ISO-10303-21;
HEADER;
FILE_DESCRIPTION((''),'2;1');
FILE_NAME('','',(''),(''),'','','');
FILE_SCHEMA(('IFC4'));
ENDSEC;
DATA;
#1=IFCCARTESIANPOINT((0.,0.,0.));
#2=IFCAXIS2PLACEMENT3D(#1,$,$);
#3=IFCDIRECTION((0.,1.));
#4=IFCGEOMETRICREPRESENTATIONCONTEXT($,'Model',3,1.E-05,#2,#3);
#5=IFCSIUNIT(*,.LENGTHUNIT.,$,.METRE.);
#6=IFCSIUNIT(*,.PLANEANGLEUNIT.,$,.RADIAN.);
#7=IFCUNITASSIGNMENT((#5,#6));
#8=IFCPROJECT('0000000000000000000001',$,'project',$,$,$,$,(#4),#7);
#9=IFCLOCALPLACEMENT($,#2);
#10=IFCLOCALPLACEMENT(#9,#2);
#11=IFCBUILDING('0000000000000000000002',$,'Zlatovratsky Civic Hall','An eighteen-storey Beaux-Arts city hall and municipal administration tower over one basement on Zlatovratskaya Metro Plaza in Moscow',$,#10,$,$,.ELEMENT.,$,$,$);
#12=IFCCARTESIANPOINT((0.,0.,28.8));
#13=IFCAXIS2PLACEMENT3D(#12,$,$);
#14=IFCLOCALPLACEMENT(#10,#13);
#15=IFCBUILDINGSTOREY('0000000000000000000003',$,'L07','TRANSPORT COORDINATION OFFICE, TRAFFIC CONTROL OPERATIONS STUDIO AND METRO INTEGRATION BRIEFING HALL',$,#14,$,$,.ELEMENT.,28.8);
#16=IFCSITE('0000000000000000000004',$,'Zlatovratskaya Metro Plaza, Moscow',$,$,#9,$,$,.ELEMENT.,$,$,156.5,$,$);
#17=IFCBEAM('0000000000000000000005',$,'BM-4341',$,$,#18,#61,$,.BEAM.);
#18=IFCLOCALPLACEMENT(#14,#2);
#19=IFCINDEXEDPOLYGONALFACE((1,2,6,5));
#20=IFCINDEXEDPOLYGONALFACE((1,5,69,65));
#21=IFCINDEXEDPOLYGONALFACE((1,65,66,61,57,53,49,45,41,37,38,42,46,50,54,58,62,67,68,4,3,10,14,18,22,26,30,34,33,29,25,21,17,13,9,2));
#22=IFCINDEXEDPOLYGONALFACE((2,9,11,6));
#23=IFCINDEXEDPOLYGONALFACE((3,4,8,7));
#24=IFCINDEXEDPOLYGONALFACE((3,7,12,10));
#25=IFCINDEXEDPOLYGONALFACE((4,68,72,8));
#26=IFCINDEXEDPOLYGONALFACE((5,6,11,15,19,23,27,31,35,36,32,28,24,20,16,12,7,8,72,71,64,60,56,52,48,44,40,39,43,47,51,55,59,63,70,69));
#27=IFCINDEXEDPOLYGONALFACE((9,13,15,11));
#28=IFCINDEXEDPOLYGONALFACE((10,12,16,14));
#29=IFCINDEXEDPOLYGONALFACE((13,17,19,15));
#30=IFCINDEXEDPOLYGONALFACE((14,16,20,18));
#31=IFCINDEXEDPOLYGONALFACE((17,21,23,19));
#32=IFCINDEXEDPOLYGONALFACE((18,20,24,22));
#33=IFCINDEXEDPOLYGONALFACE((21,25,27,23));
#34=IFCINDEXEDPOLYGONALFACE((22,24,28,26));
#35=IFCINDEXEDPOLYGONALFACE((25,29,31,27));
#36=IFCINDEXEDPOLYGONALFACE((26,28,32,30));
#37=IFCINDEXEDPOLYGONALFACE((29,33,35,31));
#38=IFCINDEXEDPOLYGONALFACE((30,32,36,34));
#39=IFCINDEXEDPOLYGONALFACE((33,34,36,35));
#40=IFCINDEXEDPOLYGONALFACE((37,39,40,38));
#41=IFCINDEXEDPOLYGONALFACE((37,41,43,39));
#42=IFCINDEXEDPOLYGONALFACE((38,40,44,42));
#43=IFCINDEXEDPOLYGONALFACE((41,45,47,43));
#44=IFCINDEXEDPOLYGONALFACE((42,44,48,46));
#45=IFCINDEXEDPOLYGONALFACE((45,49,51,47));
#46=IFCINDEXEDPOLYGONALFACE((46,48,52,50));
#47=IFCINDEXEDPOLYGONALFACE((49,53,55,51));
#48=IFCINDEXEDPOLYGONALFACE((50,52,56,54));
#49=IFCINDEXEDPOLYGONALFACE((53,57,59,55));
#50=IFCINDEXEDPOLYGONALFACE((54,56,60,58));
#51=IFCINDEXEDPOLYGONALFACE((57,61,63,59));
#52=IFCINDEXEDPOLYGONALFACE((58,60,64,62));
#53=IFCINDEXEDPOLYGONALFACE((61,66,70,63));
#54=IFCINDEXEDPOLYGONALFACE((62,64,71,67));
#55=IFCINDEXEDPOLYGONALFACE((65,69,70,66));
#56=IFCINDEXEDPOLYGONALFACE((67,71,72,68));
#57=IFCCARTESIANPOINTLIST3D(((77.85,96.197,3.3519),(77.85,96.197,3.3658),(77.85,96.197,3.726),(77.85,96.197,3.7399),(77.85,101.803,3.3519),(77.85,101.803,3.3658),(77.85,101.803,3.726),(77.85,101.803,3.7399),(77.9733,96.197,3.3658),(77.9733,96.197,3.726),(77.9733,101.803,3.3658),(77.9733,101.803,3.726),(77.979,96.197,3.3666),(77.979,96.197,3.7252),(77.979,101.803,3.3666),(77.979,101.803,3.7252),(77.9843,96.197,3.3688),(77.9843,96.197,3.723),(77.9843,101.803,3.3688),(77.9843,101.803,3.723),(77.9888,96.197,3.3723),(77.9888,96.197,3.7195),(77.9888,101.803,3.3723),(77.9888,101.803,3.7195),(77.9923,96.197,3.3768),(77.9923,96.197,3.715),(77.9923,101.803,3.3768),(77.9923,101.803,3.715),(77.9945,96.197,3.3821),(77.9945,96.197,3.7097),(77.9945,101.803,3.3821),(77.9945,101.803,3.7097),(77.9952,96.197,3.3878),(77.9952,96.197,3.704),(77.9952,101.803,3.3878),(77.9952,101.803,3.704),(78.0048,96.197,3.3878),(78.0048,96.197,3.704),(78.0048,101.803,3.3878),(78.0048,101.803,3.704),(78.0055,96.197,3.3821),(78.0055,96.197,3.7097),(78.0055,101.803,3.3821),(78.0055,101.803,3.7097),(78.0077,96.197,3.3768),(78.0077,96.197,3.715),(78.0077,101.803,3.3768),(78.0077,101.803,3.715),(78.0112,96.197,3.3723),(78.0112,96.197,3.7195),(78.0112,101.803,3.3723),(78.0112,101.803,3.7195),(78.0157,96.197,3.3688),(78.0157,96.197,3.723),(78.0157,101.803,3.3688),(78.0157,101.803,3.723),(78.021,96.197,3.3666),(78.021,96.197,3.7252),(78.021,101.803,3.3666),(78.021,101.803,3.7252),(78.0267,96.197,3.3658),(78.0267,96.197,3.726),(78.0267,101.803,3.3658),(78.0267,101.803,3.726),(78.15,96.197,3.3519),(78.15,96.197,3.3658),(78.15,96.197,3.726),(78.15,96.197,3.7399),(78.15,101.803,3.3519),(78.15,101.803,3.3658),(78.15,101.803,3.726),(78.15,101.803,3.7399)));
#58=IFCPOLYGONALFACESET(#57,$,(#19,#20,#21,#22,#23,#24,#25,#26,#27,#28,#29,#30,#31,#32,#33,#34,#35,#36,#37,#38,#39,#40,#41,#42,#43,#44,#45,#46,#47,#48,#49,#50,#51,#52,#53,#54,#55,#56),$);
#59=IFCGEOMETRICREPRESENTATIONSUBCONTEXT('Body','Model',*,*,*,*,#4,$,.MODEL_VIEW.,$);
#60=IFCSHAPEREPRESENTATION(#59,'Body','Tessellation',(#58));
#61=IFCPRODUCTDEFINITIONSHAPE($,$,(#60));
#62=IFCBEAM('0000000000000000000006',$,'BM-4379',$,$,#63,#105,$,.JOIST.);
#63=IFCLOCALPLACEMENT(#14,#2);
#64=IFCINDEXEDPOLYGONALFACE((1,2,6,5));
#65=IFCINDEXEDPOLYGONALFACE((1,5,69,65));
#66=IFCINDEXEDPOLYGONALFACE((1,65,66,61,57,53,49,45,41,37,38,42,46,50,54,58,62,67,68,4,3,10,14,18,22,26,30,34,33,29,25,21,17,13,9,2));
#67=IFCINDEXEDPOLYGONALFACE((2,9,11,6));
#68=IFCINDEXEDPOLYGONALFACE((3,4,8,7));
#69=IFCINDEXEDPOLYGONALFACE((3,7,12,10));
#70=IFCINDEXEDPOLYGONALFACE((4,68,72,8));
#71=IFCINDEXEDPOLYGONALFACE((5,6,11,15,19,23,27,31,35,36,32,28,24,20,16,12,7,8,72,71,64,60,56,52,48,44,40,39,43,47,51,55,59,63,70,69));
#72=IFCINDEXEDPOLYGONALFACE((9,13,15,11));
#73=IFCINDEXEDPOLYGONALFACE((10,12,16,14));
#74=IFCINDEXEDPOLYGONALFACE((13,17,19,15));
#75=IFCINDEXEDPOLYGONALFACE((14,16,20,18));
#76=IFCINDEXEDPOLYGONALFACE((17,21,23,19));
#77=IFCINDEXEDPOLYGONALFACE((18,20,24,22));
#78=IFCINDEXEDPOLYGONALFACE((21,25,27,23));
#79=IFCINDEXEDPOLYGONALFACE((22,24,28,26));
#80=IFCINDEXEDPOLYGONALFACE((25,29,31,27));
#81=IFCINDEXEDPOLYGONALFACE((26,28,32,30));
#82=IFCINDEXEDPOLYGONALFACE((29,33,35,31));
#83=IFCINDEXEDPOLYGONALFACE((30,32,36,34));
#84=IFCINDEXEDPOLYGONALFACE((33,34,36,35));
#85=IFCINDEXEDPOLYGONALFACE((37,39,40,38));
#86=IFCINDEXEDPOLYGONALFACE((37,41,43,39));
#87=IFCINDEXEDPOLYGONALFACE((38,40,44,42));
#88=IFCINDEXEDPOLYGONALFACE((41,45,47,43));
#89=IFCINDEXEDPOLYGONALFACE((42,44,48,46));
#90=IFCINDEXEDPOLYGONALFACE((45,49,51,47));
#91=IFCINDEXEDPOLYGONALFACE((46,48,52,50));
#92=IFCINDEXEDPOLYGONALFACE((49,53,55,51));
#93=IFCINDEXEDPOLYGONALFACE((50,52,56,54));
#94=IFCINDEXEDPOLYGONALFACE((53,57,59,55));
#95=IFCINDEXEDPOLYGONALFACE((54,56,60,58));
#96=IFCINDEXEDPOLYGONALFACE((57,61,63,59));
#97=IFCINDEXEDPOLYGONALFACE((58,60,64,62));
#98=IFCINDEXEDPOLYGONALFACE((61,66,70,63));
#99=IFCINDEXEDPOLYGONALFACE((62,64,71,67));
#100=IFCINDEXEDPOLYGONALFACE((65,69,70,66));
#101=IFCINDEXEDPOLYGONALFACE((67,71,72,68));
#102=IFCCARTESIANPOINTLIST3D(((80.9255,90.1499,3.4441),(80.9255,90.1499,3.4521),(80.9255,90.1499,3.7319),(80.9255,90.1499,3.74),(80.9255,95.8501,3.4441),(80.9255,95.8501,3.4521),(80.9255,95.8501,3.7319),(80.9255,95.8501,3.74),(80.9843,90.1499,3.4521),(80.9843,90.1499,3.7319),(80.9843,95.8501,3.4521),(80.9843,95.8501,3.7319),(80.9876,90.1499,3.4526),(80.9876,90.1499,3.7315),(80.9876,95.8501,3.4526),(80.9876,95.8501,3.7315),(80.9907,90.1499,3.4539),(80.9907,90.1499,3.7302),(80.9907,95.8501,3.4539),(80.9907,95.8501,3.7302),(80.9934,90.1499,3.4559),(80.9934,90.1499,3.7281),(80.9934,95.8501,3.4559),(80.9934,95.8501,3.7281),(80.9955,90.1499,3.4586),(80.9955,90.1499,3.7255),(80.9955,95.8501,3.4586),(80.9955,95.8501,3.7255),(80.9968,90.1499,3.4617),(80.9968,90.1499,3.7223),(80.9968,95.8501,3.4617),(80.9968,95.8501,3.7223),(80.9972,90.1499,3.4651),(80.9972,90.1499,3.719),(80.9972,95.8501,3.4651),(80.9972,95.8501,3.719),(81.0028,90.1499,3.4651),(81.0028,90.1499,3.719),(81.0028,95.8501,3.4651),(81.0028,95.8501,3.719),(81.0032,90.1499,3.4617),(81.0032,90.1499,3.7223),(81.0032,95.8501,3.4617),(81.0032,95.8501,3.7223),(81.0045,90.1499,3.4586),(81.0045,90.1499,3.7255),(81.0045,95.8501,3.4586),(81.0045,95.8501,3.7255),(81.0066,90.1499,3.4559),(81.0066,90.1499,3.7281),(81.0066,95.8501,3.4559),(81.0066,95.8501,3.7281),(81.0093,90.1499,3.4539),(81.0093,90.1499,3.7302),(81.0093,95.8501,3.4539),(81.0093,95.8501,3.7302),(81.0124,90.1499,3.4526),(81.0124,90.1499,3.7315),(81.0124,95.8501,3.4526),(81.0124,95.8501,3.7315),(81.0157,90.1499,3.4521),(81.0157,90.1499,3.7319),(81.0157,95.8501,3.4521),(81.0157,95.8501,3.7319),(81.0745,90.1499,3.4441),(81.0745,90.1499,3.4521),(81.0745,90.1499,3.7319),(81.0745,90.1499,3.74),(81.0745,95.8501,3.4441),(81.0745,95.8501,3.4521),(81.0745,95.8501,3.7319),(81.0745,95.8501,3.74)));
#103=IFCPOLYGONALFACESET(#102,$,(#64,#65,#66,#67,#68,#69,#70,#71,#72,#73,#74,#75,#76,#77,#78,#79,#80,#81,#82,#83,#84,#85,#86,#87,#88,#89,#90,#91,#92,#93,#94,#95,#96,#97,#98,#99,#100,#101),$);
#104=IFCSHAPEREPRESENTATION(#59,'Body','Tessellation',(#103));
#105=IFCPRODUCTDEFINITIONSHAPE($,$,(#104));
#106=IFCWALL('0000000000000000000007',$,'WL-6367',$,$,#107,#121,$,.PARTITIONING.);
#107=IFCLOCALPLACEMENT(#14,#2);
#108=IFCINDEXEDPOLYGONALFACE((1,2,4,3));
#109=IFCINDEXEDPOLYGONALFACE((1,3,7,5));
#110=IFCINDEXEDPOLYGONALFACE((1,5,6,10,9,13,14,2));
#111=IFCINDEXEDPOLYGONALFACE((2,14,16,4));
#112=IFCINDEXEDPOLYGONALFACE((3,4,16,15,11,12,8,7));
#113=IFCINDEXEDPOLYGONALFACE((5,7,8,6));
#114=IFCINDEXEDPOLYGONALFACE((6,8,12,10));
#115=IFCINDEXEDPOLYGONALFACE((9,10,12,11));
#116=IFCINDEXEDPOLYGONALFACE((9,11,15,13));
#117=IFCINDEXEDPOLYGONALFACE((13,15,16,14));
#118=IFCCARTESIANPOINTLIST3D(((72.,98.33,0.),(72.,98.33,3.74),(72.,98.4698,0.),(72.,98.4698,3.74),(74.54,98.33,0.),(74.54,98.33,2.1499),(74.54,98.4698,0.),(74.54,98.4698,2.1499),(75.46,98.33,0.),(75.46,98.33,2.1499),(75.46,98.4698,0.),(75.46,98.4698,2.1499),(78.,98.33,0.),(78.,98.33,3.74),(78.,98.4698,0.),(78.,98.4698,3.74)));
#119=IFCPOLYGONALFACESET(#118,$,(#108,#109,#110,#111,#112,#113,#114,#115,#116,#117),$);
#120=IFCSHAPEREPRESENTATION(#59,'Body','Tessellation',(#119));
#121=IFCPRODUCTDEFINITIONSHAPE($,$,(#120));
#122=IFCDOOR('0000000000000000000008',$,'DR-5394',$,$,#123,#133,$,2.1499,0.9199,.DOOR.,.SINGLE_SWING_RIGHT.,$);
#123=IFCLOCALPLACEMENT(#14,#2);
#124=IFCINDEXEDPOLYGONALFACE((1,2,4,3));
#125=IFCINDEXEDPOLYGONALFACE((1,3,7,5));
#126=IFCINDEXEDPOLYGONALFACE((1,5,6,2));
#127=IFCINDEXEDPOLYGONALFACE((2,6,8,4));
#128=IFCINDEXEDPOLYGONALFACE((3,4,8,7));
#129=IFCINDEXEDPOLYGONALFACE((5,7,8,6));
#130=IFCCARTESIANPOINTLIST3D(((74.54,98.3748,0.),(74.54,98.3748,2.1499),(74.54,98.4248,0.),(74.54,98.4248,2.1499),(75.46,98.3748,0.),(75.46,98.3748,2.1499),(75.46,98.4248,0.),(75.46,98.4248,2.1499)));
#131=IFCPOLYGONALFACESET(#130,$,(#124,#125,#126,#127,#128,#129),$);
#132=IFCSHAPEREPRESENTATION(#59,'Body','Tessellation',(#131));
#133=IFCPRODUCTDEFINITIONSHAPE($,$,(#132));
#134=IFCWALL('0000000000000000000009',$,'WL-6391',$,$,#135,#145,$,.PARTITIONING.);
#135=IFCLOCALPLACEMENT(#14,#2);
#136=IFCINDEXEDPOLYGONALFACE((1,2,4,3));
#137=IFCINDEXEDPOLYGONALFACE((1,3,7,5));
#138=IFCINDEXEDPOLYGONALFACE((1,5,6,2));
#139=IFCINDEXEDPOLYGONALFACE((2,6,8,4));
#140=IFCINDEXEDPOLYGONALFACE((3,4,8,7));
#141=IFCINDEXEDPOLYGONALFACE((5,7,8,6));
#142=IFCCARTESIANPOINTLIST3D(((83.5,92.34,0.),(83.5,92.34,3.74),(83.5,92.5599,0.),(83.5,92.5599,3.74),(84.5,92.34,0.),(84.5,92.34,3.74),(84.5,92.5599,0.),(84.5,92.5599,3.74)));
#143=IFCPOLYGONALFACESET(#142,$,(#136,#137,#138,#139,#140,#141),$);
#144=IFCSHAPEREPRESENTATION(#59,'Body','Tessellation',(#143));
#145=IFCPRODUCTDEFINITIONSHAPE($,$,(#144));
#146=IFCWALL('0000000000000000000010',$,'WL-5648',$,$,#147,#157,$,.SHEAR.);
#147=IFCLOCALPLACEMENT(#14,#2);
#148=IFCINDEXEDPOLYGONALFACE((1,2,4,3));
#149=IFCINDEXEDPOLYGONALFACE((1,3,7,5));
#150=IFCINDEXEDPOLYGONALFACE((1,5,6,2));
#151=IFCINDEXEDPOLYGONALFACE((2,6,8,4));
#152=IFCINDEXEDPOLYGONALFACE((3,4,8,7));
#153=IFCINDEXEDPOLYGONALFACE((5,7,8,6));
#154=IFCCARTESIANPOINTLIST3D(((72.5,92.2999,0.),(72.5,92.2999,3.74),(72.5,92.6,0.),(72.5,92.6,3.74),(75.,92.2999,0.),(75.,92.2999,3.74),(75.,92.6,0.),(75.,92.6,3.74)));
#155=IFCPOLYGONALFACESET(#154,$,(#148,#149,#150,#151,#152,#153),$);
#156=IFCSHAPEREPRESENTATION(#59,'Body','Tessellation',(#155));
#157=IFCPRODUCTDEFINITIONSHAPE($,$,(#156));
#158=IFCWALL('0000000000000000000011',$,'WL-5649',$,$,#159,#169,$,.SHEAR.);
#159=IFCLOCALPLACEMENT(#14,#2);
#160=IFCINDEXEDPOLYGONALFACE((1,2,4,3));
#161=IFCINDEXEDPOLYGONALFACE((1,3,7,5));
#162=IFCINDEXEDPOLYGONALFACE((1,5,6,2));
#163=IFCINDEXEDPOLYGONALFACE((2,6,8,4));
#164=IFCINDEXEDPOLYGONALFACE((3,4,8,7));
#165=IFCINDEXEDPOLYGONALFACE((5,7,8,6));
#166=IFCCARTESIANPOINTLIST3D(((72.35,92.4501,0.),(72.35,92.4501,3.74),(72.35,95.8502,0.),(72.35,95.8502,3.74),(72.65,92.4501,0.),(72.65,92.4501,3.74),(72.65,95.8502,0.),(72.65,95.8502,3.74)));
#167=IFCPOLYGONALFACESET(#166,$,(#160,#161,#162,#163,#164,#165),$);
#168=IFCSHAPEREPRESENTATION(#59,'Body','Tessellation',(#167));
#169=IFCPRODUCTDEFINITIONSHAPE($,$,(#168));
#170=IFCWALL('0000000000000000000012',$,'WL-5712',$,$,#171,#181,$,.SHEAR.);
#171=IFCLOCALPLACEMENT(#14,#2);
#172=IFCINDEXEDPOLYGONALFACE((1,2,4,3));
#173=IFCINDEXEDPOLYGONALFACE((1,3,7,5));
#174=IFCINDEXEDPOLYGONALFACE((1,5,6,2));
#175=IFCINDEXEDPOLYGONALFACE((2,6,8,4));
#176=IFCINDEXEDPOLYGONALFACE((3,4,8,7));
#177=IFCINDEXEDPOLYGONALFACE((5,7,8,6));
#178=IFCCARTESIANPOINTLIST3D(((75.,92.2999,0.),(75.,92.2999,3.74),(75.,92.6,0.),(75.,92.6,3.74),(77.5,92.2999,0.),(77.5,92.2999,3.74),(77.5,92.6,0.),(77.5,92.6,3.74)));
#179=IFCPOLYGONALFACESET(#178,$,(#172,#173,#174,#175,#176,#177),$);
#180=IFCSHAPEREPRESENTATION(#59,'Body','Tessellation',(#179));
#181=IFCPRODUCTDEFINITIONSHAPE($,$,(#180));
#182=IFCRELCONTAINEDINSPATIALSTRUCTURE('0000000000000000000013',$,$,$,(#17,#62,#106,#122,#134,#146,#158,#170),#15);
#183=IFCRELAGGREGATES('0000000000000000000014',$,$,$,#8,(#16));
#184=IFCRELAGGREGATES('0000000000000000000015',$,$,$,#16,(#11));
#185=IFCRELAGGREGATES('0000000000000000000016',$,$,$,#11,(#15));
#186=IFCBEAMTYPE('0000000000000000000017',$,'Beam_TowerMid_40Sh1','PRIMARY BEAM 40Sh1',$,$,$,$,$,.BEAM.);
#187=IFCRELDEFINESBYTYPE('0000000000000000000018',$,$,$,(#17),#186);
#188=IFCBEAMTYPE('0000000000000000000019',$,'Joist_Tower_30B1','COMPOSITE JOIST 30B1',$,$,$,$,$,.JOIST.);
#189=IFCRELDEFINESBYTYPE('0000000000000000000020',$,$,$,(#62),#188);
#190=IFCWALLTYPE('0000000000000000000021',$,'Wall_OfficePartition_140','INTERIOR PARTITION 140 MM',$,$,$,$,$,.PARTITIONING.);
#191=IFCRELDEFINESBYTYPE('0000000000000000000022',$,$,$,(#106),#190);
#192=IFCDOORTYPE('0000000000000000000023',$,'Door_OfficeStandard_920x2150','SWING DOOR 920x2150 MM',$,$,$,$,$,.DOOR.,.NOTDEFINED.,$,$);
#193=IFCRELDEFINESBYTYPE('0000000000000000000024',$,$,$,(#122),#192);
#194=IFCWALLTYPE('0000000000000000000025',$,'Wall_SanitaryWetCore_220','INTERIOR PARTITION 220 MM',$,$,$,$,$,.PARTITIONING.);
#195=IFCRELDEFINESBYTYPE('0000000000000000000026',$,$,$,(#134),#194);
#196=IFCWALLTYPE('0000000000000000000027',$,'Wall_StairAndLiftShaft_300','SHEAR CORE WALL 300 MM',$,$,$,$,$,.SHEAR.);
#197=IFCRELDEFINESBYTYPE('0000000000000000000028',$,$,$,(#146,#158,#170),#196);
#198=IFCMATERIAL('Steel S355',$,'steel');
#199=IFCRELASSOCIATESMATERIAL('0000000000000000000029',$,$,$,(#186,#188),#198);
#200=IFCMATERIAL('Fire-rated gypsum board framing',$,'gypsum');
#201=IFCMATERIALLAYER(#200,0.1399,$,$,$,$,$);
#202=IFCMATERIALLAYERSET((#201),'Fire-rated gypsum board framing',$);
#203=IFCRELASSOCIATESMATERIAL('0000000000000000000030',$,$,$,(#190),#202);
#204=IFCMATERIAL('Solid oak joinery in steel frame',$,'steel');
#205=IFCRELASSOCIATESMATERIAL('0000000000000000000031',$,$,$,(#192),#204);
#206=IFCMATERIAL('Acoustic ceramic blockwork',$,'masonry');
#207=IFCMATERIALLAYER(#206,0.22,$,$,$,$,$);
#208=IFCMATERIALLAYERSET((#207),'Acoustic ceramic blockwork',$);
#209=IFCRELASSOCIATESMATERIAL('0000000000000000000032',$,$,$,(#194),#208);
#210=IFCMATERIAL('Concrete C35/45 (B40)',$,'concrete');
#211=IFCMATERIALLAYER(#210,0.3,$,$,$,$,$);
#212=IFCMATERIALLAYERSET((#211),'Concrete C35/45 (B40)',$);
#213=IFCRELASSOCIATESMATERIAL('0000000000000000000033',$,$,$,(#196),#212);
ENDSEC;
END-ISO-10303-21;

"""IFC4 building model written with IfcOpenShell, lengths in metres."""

from ifc_helpers import new_model, si_unit, direction, frame, frame_2d, origin, origin_2d, place, context, subcontext, project, spatial, rectangle, i_section, extrude, material, layer, layer_set, material_profile, profile_set, type_object, element, fill, save


model = new_model("IFC4")

# Units and contexts
model_context = context("Model", 3, precision=1e-05, world=origin(), true_north=direction((0.0, 1.0)))
body_context = subcontext(model_context, "Body", "Model", "MODEL_VIEW")
ifc_project = project(units=[si_unit("LENGTHUNIT", "METRE"), si_unit("PLANEANGLEUNIT", "RADIAN")], contexts=[model_context])

# Site, building, storey
site_placement = place(None, origin())
site = spatial("IfcSite", under=ifc_project, at=site_placement, Name="Zlatovratskaya Metro Plaza, Moscow", CompositionType="ELEMENT", RefElevation=156.5)
building_placement = place(site_placement, origin())
building = spatial("IfcBuilding", under=site, at=building_placement, Name="Zlatovratsky Civic Hall", Description="An eighteen-storey Beaux-Arts city hall and municipal administration tower over one basement on Zlatovratskaya Metro Plaza in Moscow", CompositionType="ELEMENT")
storey_placement = place(building_placement, frame((0.0, 0.0, 28.8)))
storey = spatial("IfcBuildingStorey", under=building, at=storey_placement, Name="L07", Description="TRANSPORT COORDINATION OFFICE, TRAFFIC CONTROL OPERATIONS STUDIO AND METRO INTEGRATION BRIEFING HALL", CompositionType="ELEMENT", Elevation=28.8)

# Shared definitions
ifc_material_1 = material(Name="Concrete C35/45 (B40)", Category="concrete")
ifc_material_2 = material(Name="Steel S355", Category="steel")

# Beams
ifc_material_profile_1 = material_profile(ifc_material_2, i_section(OverallWidth=0.3, OverallDepth=0.3879, WebThickness=0.0095, FlangeThickness=0.0139, FilletRadius=0.022, at=origin_2d()), Name="40Sh1")
ifc_profile_set_1 = profile_set([ifc_material_profile_1], Name="Steel S355")
beam_type_1 = type_object("IfcBeamType", Name="Beam_TowerMid_40Sh1", Description="PRIMARY BEAM 40Sh1", PredefinedType="BEAM", material=ifc_profile_set_1)
beam_1_placement = place(storey_placement, frame((78.0, 96.197, 3.5459), z_axis=(0.0, 1.0, 0.0), x_axis=(-1.0, 0.0, 0.0)))
element("IfcBeam", 1, at=beam_1_placement, inside=storey, type_object=beam_type_1, Name="BM-4341", PredefinedType="BEAM", context=body_context, shape_type="SweptSolid", body=[
    extrude(i_section(OverallWidth=0.3, OverallDepth=0.3879, WebThickness=0.0095, FlangeThickness=0.0139, FilletRadius=0.022, at=origin_2d()), origin(), (0.0, 0.0, 1.0), 5.606),
])
ifc_material_profile_2 = material_profile(ifc_material_2, i_section(OverallWidth=0.1489, OverallDepth=0.2959, WebThickness=0.0056, FlangeThickness=0.0081, FilletRadius=0.0129, at=origin_2d()), Name="30B1")
ifc_profile_set_2 = profile_set([ifc_material_profile_2], Name="Steel S355")
beam_type_2 = type_object("IfcBeamType", Name="Joist_Tower_30B1", Description="COMPOSITE JOIST 30B1", PredefinedType="JOIST", material=ifc_profile_set_2)
beam_2_placement = place(storey_placement, frame((81.0, 90.1499, 3.592), z_axis=(0.0, 1.0, 0.0), x_axis=(-1.0, 0.0, 0.0)))
element("IfcBeam", 2, at=beam_2_placement, inside=storey, type_object=beam_type_2, Name="BM-4379", PredefinedType="JOIST", context=body_context, shape_type="SweptSolid", body=[
    extrude(i_section(OverallWidth=0.1489, OverallDepth=0.2959, WebThickness=0.0056, FlangeThickness=0.0081, FilletRadius=0.0129, at=origin_2d()), origin(), (0.0, 0.0, 1.0), 5.7002),
])

# Wall, opening, door
ifc_material_3 = material(Name="Fire-rated gypsum board framing", Category="gypsum")
ifc_layer_1 = layer(ifc_material_3, 0.1399)
ifc_layer_set_1 = layer_set([ifc_layer_1], Name="Fire-rated gypsum board framing")
wall_type_1 = type_object("IfcWallType", Name="Wall_OfficePartition_140", Description="INTERIOR PARTITION 140 MM", PredefinedType="PARTITIONING", material=ifc_layer_set_1)
wall_1_placement = place(storey_placement, frame((72.0, 98.3999, 0.0), z_axis=(0.0, 0.0, 1.0), x_axis=(1.0, 0.0, 0.0)))
wall_1 = element("IfcWall", 3, at=wall_1_placement, inside=storey, type_object=wall_type_1, Name="WL-6367", PredefinedType="PARTITIONING", context=body_context, shape_type="SweptSolid", body=[
    extrude(rectangle(XDim=6.0, YDim=0.1399, at=frame_2d((3.0, 0.0))), origin(), (0.0, 0.0, 1.0), 3.74),
])
opening_1_placement = place(wall_1_placement, frame((2.54, 0.0, 0.0)))
opening_1 = element("IfcOpeningElement", 4, at=opening_1_placement, cuts=wall_1, PredefinedType="OPENING", context=body_context, shape_type="SweptSolid", body=[
    extrude(rectangle(XDim=0.9199, YDim=2.1499, at=frame_2d((0.46, 1.075))), frame((0.0, 0.085, 0.0), z_axis=(0.0, -1.0, 0.0), x_axis=(1.0, 0.0, 0.0)), (0.0, 0.0, 1.0), 0.1697),
])
ifc_material_4 = material(Name="Solid oak joinery in steel frame", Category="steel")
door_type_1 = type_object("IfcDoorType", Name="Door_OfficeStandard_920x2150", Description="SWING DOOR 920x2150 MM", OperationType="NOTDEFINED", PredefinedType="DOOR", material=ifc_material_4)
door_1_placement = place(opening_1_placement, origin())
door_1 = element("IfcDoor", 5, at=door_1_placement, inside=storey, type_object=door_type_1, Name="DR-5394", OperationType="SINGLE_SWING_RIGHT", OverallHeight=2.1499, OverallWidth=0.9199, PredefinedType="DOOR", context=body_context, shape_type="SweptSolid", body=[
    extrude(rectangle(XDim=0.9199, YDim=2.1499, at=frame_2d((0.46, 1.075))), frame((0.0, 0.0249, 0.0), z_axis=(0.0, -1.0, 0.0), x_axis=(1.0, 0.0, 0.0)), (0.0, 0.0, 1.0), 0.05),
])
fill(opening_1, door_1)

# Wall
ifc_material_5 = material(Name="Acoustic ceramic blockwork", Category="masonry")
ifc_layer_2 = layer(ifc_material_5, 0.22)
ifc_layer_set_2 = layer_set([ifc_layer_2], Name="Acoustic ceramic blockwork")
wall_type_2 = type_object("IfcWallType", Name="Wall_SanitaryWetCore_220", Description="INTERIOR PARTITION 220 MM", PredefinedType="PARTITIONING", material=ifc_layer_set_2)
wall_2_placement = place(storey_placement, frame((83.5, 92.45, 0.0), z_axis=(0.0, 0.0, 1.0), x_axis=(1.0, 0.0, 0.0)))
element("IfcWall", 6, at=wall_2_placement, inside=storey, type_object=wall_type_2, Name="WL-6391", PredefinedType="PARTITIONING", context=body_context, shape_type="SweptSolid", body=[
    extrude(rectangle(XDim=1.0, YDim=0.22, at=frame_2d((0.5, 0.0))), origin(), (0.0, 0.0, 1.0), 3.74),
])

# Shared definitions
ifc_layer_3 = layer(ifc_material_1, 0.3)
ifc_layer_set_3 = layer_set([ifc_layer_3], Name="Concrete C35/45 (B40)")
wall_type_3 = type_object("IfcWallType", Name="Wall_StairAndLiftShaft_300", Description="SHEAR CORE WALL 300 MM", PredefinedType="SHEAR", material=ifc_layer_set_3)

# Walls
wall_3_placement = place(storey_placement, frame((72.5, 92.45, 0.0), z_axis=(0.0, 0.0, 1.0), x_axis=(1.0, 0.0, 0.0)))
element("IfcWall", 7, at=wall_3_placement, inside=storey, type_object=wall_type_3, Name="WL-5648", PredefinedType="SHEAR", context=body_context, shape_type="SweptSolid", body=[
    extrude(rectangle(XDim=2.5, YDim=0.3, at=frame_2d((1.25, 0.0))), origin(), (0.0, 0.0, 1.0), 3.74),
])
wall_4_placement = place(storey_placement, frame((72.5, 92.45, 0.0), z_axis=(0.0, 0.0, 1.0), x_axis=(0.0, 1.0, 0.0)))
element("IfcWall", 8, at=wall_4_placement, inside=storey, type_object=wall_type_3, Name="WL-5649", PredefinedType="SHEAR", context=body_context, shape_type="SweptSolid", body=[
    extrude(rectangle(XDim=3.4001, YDim=0.3, at=frame_2d((1.7002, 0.0))), origin(), (0.0, 0.0, 1.0), 3.74),
])

# Wall
wall_5_placement = place(storey_placement, frame((75.0, 92.45, 0.0), z_axis=(0.0, 0.0, 1.0), x_axis=(1.0, 0.0, 0.0)))
element("IfcWall", 9, at=wall_5_placement, inside=storey, type_object=wall_type_3, Name="WL-5712", PredefinedType="SHEAR", context=body_context, shape_type="SweptSolid", body=[
    extrude(rectangle(XDim=2.5, YDim=0.3, at=frame_2d((1.25, 0.0))), origin(), (0.0, 0.0, 1.0), 3.74),
])

save(model, "model.ifc")
